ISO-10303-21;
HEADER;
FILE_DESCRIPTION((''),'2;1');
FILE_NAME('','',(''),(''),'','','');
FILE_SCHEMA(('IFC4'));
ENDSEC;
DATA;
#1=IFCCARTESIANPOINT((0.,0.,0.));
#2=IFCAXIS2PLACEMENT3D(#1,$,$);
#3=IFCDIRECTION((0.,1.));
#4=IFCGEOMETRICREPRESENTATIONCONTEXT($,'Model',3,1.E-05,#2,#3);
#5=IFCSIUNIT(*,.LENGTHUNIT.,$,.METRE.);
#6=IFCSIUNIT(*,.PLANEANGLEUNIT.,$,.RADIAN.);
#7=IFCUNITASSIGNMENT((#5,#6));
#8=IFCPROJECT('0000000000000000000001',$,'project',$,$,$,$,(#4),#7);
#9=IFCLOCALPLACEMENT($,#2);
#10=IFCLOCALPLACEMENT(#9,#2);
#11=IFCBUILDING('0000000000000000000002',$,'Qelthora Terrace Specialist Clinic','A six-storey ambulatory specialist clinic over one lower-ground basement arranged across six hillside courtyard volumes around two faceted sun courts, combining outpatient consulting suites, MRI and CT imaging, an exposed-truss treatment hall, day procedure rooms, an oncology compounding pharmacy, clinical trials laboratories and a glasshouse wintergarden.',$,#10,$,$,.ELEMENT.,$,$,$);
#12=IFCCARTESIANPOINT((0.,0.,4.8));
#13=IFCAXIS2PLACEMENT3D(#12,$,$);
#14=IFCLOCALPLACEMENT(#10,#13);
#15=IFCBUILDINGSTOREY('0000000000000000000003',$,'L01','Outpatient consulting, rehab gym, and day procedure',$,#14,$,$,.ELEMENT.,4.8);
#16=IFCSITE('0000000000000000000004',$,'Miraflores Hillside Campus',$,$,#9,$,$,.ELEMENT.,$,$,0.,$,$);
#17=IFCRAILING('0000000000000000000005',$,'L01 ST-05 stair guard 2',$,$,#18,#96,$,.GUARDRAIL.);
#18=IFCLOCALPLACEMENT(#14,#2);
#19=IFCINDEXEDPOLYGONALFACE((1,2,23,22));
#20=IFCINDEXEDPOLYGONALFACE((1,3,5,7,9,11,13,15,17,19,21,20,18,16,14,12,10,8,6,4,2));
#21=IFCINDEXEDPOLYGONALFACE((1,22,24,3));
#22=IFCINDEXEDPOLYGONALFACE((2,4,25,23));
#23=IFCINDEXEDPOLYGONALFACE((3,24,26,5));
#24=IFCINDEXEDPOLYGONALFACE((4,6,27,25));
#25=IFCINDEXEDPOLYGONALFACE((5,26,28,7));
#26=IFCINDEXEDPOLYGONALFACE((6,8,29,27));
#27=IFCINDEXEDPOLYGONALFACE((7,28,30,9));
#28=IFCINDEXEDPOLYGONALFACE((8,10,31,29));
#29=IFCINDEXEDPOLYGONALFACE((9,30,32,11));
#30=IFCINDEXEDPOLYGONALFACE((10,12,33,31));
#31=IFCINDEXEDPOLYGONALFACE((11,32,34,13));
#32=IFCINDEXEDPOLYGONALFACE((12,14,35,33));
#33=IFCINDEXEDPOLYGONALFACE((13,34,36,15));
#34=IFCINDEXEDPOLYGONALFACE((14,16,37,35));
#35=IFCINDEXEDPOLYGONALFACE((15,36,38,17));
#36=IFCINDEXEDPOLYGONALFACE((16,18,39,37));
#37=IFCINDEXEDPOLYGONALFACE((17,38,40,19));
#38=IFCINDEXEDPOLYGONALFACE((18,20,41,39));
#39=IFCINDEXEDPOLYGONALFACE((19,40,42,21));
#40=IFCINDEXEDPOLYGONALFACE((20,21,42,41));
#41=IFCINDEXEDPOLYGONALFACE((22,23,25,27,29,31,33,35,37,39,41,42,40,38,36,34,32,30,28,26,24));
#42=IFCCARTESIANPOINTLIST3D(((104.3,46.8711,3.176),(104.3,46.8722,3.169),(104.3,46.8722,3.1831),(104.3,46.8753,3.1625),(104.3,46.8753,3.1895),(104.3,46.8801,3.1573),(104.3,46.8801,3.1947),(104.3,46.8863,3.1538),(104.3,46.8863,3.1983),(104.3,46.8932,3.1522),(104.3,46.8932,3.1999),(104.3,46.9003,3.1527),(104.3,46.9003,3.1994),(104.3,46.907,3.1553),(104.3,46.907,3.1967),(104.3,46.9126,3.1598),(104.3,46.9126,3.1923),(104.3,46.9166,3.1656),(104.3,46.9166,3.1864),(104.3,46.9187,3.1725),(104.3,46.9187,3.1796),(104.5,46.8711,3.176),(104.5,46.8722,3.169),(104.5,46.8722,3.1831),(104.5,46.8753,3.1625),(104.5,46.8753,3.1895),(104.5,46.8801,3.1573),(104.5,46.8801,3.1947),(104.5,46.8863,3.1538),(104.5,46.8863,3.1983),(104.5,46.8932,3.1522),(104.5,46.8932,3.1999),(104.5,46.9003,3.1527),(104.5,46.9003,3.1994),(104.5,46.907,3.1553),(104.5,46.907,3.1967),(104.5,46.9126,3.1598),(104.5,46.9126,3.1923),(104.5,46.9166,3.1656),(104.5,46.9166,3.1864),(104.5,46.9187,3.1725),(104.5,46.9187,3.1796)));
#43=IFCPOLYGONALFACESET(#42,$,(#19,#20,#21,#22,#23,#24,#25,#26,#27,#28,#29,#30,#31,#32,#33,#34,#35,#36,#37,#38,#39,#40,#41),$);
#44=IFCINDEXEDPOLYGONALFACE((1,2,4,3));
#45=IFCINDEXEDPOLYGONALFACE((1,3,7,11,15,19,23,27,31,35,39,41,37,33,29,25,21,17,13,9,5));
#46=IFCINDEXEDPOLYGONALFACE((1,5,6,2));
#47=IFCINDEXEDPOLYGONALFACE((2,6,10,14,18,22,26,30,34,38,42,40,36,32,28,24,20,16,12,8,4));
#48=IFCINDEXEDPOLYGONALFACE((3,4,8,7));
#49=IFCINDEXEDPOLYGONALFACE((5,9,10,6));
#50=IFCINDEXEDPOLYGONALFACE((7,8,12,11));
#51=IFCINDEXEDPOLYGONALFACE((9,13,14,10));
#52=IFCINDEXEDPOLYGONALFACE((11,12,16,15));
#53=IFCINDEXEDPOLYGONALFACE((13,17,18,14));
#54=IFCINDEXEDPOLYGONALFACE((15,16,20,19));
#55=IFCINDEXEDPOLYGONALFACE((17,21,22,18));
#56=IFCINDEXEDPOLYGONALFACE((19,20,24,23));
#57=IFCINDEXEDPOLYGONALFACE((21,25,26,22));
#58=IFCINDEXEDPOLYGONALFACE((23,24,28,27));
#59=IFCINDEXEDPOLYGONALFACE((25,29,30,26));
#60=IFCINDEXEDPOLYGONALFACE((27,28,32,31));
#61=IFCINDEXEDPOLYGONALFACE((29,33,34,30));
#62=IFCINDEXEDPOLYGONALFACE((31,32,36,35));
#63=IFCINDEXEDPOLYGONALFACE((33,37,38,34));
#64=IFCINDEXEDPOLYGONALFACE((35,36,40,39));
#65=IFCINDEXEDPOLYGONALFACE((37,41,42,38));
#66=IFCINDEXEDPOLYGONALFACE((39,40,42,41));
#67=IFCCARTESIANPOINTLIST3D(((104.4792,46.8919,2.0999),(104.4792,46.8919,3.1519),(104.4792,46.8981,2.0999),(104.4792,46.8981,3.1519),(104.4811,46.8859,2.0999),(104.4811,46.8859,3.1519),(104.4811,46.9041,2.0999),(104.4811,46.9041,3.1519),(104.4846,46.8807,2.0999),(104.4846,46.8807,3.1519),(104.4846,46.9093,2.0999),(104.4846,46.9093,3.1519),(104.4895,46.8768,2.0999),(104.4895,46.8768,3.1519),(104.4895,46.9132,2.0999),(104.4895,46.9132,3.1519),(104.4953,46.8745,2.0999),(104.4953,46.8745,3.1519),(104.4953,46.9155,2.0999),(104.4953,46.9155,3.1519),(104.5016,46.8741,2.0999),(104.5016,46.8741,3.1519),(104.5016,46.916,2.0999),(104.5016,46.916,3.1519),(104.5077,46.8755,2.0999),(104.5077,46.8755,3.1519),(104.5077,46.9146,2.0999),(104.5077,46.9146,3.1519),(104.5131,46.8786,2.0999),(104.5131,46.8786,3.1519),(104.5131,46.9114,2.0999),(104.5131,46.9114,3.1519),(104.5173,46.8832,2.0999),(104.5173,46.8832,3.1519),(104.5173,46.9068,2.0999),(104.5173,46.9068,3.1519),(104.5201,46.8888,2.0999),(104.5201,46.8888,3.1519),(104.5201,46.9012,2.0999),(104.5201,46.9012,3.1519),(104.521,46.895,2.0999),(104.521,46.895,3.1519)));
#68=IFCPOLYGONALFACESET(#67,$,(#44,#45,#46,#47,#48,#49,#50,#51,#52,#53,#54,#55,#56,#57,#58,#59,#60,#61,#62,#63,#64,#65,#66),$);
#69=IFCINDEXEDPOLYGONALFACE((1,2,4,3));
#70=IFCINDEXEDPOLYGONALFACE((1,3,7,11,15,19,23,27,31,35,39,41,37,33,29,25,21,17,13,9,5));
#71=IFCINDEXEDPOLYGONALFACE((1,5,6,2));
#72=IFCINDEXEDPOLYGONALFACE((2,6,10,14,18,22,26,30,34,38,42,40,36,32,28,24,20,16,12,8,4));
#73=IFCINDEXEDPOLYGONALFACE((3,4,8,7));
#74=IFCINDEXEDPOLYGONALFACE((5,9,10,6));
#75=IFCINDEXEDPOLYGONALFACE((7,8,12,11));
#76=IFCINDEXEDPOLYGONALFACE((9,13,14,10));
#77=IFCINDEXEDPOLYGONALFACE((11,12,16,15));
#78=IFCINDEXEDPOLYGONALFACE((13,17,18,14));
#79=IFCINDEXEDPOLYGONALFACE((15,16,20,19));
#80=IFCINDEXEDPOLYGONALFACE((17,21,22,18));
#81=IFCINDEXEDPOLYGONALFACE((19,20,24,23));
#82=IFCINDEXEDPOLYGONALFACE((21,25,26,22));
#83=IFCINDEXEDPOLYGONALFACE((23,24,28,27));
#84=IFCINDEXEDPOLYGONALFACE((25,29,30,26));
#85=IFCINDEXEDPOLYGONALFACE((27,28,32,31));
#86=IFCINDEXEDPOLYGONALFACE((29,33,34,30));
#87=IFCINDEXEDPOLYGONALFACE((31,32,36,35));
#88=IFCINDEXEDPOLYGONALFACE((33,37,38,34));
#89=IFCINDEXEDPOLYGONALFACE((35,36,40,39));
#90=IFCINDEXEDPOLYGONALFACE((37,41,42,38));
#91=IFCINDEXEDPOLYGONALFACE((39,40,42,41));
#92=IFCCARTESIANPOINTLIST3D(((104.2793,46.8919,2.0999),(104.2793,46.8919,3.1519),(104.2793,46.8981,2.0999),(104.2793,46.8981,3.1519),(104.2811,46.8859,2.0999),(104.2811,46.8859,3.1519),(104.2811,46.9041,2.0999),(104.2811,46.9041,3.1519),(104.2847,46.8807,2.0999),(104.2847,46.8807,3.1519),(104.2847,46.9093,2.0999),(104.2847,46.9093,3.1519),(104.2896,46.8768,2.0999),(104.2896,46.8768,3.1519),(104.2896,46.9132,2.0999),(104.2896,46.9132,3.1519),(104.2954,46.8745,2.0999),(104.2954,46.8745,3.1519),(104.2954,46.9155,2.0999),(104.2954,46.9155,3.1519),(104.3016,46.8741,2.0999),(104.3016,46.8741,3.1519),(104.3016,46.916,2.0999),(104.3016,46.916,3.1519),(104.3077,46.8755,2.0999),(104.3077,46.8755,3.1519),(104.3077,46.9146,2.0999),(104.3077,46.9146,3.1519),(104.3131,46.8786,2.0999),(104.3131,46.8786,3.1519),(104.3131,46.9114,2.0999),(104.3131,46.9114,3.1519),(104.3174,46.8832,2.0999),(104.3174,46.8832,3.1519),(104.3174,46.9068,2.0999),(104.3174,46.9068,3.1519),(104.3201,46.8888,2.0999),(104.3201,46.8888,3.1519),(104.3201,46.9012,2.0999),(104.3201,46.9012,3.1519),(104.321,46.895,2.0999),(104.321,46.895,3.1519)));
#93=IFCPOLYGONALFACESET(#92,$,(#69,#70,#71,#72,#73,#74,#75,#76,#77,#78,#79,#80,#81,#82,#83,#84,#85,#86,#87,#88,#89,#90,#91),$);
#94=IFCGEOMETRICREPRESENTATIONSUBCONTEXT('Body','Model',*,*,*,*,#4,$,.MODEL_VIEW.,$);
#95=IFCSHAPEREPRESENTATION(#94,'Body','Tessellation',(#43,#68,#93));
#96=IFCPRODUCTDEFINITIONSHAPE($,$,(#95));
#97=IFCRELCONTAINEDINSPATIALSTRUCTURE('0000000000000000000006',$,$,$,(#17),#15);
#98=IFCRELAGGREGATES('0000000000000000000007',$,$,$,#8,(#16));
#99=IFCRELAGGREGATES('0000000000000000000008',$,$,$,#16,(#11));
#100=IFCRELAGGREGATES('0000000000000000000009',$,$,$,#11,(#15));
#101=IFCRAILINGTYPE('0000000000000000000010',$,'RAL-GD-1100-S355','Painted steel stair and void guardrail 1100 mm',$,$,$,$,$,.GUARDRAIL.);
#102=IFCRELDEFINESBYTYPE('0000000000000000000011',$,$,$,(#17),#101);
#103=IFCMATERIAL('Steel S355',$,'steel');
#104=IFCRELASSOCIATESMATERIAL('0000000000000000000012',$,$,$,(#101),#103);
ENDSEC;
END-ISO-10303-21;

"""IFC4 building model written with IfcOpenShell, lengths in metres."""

from ifc_helpers import new_model, si_unit, direction, frame, origin, origin_2d, place, context, subcontext, project, spatial, circle, extrude, material, type_object, element, save


model = new_model("IFC4")

# Units and contexts
model_context = context("Model", 3, precision=1e-05, world=origin(), true_north=direction((0.0, 1.0)))
body_context = subcontext(model_context, "Body", "Model", "MODEL_VIEW")
ifc_project = project(units=[si_unit("LENGTHUNIT", "METRE"), si_unit("PLANEANGLEUNIT", "RADIAN")], contexts=[model_context])

# Site, building, storey
site_placement = place(None, origin())
site = spatial("IfcSite", under=ifc_project, at=site_placement, Name="Miraflores Hillside Campus", CompositionType="ELEMENT", RefElevation=0.0)
building_placement = place(site_placement, origin())
building = spatial("IfcBuilding", under=site, at=building_placement, Name="Qelthora Terrace Specialist Clinic", Description="A six-storey ambulatory specialist clinic over one lower-ground basement arranged across six hillside courtyard volumes around two faceted sun courts, combining outpatient consulting suites, MRI and CT imaging, an exposed-truss treatment hall, day procedure rooms, an oncology compounding pharmacy, clinical trials laboratories and a glasshouse wintergarden.", CompositionType="ELEMENT")
storey_placement = place(building_placement, frame((0.0, 0.0, 4.8)))
storey = spatial("IfcBuildingStorey", under=building, at=storey_placement, Name="L01", Description="Outpatient consulting, rehab gym, and day procedure", CompositionType="ELEMENT", Elevation=4.8)

# Shared definitions
ifc_material_1 = material(Name="Steel S355", Category="steel")

# Railing
railing_type_1 = type_object("IfcRailingType", Name="RAL-GD-1100-S355", Description="Painted steel stair and void guardrail 1100 mm", PredefinedType="GUARDRAIL", material=ifc_material_1)
railing_1_placement = place(storey_placement, frame((104.5, 46.895, 2.0999)))
element("IfcRailing", 1, at=railing_1_placement, inside=storey, type_object=railing_type_1, Name="L01 ST-05 stair guard 2", PredefinedType="GUARDRAIL", context=body_context, shape_type="SweptSolid", body=[
    extrude(circle(Radius=0.0239, at=origin_2d()), frame((0.0, 0.0, 1.0762), z_axis=(-1.0, 0.0, 0.0), x_axis=(0.0, -1.0, 0.0)), (0.0, 0.0, 1.0), 0.2),
    extrude(circle(Radius=0.021, at=origin_2d()), origin(), (0.0, 0.0, 1.0), 1.052),
    extrude(circle(Radius=0.021, at=origin_2d()), frame((-0.2, 0.0, 0.0)), (0.0, 0.0, 1.0), 1.052),
])

save(model, "model.ifc")
